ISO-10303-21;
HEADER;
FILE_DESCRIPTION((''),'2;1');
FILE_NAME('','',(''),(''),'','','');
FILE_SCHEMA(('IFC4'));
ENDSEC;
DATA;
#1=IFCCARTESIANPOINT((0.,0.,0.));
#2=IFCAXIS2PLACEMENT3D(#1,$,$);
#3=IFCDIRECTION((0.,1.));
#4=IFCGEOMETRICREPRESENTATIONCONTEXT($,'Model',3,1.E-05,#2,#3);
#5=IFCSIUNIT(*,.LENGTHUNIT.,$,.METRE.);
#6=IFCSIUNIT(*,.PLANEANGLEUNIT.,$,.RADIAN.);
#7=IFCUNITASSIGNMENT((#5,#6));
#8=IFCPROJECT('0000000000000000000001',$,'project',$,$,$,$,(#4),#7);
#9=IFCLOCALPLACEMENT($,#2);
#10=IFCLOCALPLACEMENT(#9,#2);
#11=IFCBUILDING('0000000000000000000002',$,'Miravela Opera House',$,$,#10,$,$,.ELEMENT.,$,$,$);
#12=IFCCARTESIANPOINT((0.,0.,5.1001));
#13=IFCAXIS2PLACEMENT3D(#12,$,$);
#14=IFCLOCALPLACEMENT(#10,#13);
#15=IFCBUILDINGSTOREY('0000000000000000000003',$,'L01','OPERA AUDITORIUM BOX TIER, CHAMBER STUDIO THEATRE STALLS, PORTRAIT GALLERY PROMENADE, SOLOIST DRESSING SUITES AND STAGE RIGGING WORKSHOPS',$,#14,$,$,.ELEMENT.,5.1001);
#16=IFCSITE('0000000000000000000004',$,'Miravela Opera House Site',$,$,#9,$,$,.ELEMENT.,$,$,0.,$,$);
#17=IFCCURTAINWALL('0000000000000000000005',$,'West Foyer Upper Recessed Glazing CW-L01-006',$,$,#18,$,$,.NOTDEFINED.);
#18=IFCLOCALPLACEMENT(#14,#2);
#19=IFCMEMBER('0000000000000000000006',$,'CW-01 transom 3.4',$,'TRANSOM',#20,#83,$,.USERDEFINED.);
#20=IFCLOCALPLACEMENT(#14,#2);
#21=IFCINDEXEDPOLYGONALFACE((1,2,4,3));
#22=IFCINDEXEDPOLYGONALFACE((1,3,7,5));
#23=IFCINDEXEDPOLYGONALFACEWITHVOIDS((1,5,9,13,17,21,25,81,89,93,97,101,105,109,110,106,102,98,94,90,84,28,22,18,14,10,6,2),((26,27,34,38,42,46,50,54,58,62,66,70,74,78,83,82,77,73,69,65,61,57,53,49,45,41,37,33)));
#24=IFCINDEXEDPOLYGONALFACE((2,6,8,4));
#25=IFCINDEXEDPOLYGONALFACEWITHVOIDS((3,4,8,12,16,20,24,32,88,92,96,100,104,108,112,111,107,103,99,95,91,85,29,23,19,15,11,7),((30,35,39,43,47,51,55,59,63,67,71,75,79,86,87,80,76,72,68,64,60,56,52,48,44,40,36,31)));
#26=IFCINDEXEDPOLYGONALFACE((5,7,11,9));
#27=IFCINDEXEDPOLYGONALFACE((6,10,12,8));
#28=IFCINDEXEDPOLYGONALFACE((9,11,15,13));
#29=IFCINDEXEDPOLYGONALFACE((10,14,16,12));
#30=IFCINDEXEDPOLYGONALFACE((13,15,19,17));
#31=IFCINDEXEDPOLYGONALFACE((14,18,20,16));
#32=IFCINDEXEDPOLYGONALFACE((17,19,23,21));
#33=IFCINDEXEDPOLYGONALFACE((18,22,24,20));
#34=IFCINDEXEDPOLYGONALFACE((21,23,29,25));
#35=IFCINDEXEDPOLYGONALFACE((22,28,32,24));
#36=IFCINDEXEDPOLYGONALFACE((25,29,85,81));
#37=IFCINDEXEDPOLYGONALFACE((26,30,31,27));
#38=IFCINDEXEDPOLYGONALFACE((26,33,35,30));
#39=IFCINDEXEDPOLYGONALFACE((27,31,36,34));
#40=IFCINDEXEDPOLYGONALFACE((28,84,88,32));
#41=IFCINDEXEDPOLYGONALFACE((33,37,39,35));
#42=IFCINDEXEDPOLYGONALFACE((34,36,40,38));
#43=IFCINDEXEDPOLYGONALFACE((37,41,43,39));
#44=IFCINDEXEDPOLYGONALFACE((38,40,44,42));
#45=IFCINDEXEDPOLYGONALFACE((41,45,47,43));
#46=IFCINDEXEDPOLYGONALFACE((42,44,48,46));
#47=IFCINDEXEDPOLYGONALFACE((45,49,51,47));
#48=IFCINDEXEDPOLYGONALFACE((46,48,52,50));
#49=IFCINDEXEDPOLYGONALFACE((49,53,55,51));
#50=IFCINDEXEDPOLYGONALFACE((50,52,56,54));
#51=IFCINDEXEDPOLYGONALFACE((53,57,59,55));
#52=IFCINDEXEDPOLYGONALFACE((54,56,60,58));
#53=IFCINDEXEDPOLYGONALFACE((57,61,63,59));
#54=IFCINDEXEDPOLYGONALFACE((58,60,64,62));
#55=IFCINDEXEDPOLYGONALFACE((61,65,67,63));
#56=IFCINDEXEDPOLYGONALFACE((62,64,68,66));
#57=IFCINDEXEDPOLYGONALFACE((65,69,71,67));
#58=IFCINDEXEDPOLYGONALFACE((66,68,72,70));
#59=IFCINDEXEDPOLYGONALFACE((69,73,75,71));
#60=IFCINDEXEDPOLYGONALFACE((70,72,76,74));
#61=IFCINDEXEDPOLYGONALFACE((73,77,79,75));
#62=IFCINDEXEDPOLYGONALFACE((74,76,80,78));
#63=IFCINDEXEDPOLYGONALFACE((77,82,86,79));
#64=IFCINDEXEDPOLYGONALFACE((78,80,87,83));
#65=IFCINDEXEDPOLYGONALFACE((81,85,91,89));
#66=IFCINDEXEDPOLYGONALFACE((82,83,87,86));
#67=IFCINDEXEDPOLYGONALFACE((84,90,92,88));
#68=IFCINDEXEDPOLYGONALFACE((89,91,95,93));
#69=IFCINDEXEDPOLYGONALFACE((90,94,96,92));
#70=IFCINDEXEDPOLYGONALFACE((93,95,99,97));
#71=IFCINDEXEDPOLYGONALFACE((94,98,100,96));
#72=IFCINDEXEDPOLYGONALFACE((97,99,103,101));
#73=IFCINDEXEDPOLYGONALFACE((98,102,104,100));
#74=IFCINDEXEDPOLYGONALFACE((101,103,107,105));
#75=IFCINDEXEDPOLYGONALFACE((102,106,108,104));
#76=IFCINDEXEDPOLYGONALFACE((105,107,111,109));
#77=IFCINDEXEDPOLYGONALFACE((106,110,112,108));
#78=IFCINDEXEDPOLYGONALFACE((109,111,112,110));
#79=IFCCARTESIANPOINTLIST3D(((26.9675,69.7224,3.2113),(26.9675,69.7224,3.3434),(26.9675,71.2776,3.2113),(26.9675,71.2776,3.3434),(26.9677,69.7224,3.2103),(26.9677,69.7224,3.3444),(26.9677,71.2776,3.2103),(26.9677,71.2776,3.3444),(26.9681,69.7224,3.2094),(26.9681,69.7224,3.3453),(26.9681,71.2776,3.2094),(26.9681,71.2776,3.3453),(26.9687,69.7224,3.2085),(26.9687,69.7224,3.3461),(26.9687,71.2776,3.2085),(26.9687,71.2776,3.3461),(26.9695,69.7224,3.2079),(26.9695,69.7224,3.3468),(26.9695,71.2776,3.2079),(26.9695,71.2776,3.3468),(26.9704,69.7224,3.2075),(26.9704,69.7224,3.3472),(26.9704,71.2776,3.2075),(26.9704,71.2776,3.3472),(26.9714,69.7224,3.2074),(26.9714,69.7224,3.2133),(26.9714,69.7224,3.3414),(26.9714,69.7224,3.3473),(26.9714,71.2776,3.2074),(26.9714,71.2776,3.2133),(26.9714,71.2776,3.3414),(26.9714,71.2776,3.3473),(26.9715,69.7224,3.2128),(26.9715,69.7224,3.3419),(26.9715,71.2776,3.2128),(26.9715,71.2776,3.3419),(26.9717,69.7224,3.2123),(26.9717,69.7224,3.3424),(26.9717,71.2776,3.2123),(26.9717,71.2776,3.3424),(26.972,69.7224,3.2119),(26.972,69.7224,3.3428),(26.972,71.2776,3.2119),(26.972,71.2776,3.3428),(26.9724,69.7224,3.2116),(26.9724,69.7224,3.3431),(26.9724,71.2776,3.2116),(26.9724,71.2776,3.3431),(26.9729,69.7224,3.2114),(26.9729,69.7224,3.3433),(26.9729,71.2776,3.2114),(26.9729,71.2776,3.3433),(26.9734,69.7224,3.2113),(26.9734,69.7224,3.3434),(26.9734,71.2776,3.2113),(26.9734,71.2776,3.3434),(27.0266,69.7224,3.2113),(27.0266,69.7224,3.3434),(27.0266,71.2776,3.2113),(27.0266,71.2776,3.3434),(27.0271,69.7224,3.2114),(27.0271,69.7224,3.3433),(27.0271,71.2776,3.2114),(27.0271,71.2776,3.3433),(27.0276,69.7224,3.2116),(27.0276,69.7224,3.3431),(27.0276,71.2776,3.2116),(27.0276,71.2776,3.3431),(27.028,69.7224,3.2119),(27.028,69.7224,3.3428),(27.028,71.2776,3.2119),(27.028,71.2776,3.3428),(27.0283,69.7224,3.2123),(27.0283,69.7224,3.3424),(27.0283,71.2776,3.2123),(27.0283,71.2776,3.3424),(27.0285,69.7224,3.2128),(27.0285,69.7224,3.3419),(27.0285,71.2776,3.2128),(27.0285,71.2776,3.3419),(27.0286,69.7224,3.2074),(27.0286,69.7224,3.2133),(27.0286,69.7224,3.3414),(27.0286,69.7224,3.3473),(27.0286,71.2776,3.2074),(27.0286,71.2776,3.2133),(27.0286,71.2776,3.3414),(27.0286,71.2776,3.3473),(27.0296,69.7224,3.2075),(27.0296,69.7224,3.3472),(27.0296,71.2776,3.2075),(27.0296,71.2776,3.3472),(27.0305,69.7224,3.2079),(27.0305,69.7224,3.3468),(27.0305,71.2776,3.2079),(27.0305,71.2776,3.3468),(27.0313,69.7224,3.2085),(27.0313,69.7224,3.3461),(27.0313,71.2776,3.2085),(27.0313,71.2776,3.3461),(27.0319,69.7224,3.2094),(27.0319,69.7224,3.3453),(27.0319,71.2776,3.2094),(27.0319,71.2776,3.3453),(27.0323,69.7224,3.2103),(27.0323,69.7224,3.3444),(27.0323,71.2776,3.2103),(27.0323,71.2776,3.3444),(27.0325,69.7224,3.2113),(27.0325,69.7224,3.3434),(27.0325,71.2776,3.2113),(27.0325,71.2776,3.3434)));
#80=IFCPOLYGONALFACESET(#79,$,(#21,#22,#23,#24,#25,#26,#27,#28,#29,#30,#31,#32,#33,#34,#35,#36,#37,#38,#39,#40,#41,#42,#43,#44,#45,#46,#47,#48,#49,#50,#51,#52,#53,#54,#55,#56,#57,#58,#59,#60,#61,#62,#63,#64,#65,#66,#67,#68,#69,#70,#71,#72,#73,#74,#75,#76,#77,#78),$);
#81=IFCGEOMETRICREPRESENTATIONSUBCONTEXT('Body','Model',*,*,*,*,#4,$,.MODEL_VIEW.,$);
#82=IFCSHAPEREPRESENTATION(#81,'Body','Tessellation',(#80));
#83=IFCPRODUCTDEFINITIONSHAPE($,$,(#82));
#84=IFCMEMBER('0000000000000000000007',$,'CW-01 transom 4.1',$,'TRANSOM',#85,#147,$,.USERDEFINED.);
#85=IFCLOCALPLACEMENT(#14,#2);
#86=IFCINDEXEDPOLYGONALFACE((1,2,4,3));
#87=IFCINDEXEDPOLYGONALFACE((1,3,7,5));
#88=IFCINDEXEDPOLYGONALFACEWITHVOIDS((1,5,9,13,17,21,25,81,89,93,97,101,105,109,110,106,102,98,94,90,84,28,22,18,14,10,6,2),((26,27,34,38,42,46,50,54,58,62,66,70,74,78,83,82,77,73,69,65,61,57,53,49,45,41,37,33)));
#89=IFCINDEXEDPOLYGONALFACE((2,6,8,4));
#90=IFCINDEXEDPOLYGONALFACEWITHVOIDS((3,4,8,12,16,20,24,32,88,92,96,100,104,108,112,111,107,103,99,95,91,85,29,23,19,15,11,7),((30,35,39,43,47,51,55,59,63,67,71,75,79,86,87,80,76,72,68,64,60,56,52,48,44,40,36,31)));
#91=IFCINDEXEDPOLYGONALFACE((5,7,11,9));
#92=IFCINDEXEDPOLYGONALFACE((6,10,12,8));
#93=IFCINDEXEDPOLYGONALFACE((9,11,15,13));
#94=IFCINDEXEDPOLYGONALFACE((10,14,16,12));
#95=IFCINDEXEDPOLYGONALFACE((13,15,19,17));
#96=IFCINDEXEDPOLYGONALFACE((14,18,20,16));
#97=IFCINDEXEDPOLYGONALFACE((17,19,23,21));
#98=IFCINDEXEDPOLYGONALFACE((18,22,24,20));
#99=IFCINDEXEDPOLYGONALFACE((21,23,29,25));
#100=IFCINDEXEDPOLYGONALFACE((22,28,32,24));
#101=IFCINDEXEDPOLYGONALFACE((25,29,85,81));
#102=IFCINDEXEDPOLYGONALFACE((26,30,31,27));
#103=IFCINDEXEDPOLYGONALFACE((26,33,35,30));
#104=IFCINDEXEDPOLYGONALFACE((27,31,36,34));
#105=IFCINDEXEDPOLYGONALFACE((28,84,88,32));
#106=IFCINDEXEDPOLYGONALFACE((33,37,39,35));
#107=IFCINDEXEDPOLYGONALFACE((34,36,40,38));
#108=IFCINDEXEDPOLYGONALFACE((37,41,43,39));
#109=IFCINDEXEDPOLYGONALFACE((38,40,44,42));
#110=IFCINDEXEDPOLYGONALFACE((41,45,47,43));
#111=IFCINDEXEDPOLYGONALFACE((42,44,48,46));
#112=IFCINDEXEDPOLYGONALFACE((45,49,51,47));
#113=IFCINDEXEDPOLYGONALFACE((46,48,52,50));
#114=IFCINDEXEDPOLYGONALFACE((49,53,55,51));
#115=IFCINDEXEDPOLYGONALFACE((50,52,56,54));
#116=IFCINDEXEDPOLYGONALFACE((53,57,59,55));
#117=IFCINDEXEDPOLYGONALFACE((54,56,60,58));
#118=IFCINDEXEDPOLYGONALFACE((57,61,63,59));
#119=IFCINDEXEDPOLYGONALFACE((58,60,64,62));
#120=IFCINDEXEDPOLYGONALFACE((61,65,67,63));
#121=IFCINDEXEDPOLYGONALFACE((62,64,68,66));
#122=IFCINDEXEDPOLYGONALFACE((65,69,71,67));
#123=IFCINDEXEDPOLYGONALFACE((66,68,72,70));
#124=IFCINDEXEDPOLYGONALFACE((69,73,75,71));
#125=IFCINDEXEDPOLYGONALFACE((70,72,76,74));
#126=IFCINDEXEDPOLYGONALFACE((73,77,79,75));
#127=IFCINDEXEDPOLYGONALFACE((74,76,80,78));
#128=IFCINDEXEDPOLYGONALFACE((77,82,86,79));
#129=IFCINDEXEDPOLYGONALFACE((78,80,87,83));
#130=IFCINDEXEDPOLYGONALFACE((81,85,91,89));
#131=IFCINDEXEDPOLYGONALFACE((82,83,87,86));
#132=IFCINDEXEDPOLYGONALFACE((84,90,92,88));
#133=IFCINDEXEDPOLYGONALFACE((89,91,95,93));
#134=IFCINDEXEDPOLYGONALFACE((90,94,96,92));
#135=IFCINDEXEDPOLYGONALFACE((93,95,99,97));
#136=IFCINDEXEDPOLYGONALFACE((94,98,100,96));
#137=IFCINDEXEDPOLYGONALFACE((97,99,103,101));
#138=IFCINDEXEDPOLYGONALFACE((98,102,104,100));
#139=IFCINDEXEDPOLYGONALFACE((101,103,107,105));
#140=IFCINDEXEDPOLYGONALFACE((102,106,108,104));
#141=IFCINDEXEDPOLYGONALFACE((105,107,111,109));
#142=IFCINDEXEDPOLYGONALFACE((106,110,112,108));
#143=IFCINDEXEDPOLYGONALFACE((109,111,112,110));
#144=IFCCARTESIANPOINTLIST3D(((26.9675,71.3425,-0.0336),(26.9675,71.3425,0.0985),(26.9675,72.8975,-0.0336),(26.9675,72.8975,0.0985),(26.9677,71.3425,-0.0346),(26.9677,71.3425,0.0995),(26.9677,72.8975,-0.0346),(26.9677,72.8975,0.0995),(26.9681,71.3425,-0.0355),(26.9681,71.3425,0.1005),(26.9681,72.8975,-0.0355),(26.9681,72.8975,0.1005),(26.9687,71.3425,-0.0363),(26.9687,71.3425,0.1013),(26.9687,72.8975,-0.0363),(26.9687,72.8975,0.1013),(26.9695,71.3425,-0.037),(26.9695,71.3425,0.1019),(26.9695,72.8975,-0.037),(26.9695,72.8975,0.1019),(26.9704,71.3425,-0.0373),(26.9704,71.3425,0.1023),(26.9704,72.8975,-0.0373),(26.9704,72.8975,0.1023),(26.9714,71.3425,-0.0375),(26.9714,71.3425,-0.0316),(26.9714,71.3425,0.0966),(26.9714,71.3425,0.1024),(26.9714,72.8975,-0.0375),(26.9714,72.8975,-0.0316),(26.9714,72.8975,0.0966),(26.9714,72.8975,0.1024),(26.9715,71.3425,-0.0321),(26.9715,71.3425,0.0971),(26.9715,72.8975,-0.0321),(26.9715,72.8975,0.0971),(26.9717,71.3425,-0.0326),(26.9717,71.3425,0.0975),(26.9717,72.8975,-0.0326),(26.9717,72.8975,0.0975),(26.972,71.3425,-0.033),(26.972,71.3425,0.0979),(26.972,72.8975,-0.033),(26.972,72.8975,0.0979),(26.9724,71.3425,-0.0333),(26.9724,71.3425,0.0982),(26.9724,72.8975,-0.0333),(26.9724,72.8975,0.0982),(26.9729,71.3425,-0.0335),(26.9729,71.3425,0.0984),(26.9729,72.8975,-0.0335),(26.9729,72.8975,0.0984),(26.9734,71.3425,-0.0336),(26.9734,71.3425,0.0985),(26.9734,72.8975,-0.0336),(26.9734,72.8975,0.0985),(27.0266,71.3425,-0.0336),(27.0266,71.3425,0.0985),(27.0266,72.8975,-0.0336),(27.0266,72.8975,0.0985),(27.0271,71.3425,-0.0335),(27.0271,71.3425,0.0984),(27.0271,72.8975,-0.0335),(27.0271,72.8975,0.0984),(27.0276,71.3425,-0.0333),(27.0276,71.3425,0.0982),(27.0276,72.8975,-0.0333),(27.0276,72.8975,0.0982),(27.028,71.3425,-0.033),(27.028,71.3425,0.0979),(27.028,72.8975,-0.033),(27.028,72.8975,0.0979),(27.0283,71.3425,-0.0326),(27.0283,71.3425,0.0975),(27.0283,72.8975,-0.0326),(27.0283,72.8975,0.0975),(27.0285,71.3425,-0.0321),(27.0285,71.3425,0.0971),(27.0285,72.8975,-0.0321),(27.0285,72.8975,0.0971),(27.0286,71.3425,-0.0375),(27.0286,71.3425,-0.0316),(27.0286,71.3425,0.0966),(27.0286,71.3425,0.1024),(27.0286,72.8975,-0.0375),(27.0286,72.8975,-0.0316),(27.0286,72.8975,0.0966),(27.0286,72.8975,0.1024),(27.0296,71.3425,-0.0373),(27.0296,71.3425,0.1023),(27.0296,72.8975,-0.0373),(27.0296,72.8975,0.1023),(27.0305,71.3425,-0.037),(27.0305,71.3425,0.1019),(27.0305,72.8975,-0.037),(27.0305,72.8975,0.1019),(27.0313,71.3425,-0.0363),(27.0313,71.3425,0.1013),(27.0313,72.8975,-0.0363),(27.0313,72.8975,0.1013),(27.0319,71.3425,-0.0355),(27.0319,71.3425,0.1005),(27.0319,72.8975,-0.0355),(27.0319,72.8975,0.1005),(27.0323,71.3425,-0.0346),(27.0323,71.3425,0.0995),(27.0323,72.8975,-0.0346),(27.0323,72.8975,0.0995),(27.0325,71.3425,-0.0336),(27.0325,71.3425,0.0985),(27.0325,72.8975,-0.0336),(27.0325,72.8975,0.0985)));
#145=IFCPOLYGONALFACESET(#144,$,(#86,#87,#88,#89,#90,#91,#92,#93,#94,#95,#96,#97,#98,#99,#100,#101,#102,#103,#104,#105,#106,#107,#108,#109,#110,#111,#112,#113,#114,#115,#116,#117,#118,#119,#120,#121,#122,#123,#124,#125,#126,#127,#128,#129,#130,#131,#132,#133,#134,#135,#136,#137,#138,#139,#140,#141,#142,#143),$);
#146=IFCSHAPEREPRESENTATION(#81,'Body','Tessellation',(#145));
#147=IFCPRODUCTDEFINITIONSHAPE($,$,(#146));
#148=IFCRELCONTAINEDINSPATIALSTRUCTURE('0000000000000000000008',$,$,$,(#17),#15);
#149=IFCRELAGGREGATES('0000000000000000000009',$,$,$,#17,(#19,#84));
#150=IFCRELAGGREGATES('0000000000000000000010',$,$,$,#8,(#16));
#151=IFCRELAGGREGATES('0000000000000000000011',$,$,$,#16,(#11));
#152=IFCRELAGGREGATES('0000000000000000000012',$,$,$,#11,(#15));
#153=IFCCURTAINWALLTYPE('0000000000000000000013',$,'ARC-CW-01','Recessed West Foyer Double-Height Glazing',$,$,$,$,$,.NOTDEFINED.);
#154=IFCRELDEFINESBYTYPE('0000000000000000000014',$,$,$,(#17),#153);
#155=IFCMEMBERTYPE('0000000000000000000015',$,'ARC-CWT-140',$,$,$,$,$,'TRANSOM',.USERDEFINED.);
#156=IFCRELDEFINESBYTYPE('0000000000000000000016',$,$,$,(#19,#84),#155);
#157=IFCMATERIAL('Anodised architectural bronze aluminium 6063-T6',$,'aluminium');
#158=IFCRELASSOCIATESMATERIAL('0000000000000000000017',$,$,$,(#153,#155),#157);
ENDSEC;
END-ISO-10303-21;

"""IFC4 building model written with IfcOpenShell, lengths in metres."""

from ifc_helpers import new_model, si_unit, direction, frame, origin, origin_2d, place, context, subcontext, project, spatial, hollow_rectangle, extrude, material, material_profile, profile_set, type_object, element, aggregate, save


model = new_model("IFC4")

# Units and contexts
model_context = context("Model", 3, precision=1e-05, world=origin(), true_north=direction((0.0, 1.0)))
body_context = subcontext(model_context, "Body", "Model", "MODEL_VIEW")
ifc_project = project(units=[si_unit("LENGTHUNIT", "METRE"), si_unit("PLANEANGLEUNIT", "RADIAN")], contexts=[model_context])

# Site, building, storey
site_placement = place(None, origin())
site = spatial("IfcSite", under=ifc_project, at=site_placement, Name="Miravela Opera House Site", CompositionType="ELEMENT", RefElevation=0.0)
building_placement = place(site_placement, origin())
building = spatial("IfcBuilding", under=site, at=building_placement, Name="Miravela Opera House", CompositionType="ELEMENT")
storey_placement = place(building_placement, frame((0.0, 0.0, 5.1001)))
storey = spatial("IfcBuildingStorey", under=building, at=storey_placement, Name="L01", Description="OPERA AUDITORIUM BOX TIER, CHAMBER STUDIO THEATRE STALLS, PORTRAIT GALLERY PROMENADE, SOLOIST DRESSING SUITES AND STAGE RIGGING WORKSHOPS", CompositionType="ELEMENT", Elevation=5.1001)

# Curtain wall, members
ifc_material_1 = material(Name="Anodised architectural bronze aluminium 6063-T6", Category="aluminium")
curtain_wall_type = type_object("IfcCurtainWallType", Name="ARC-CW-01", Description="Recessed West Foyer Double-Height Glazing", PredefinedType="NOTDEFINED", material=ifc_material_1)
curtain_wall_placement = place(storey_placement, origin())
curtain_wall = element("IfcCurtainWall", 1, at=curtain_wall_placement, inside=storey, type_object=curtain_wall_type, Name="West Foyer Upper Recessed Glazing CW-L01-006", PredefinedType="NOTDEFINED")
ifc_material_profile_1 = material_profile(ifc_material_1, hollow_rectangle(XDim=0.0649, YDim=0.1399, WallThickness=0.0039, InnerFilletRadius=0.002, OuterFilletRadius=0.0039, at=origin_2d()), Name="CWT-65X140")
ifc_profile_set_1 = profile_set([ifc_material_profile_1])
member_type_1 = type_object("IfcMemberType", Name="ARC-CWT-140", ElementType="TRANSOM", PredefinedType="USERDEFINED", material=ifc_profile_set_1)
member_1_placement = place(storey_placement, frame((27.0, 69.7224, 3.2773), z_axis=(0.0, 1.0, 0.0), x_axis=(-1.0, 0.0, 0.0)))
member_1 = element("IfcMember", 2, at=member_1_placement, type_object=member_type_1, Name="CW-01 transom 3.4", ObjectType="TRANSOM", PredefinedType="USERDEFINED", context=body_context, shape_type="SweptSolid", body=[
    extrude(hollow_rectangle(XDim=0.0649, YDim=0.1399, WallThickness=0.0039, InnerFilletRadius=0.002, OuterFilletRadius=0.0039, at=origin_2d()), origin(), (0.0, 0.0, 1.0), 1.5552),
])
member_2_placement = place(storey_placement, frame((27.0, 71.3425, 0.0325), z_axis=(0.0, 1.0, 0.0), x_axis=(-1.0, 0.0, 0.0)))
member_2 = element("IfcMember", 3, at=member_2_placement, type_object=member_type_1, Name="CW-01 transom 4.1", ObjectType="TRANSOM", PredefinedType="USERDEFINED", context=body_context, shape_type="SweptSolid", body=[
    extrude(hollow_rectangle(XDim=0.0649, YDim=0.1399, WallThickness=0.0039, InnerFilletRadius=0.002, OuterFilletRadius=0.0039, at=origin_2d()), origin(), (0.0, 0.0, 1.0), 1.5549),
])
aggregate(curtain_wall, [member_1, member_2])

save(model, "model.ifc")
